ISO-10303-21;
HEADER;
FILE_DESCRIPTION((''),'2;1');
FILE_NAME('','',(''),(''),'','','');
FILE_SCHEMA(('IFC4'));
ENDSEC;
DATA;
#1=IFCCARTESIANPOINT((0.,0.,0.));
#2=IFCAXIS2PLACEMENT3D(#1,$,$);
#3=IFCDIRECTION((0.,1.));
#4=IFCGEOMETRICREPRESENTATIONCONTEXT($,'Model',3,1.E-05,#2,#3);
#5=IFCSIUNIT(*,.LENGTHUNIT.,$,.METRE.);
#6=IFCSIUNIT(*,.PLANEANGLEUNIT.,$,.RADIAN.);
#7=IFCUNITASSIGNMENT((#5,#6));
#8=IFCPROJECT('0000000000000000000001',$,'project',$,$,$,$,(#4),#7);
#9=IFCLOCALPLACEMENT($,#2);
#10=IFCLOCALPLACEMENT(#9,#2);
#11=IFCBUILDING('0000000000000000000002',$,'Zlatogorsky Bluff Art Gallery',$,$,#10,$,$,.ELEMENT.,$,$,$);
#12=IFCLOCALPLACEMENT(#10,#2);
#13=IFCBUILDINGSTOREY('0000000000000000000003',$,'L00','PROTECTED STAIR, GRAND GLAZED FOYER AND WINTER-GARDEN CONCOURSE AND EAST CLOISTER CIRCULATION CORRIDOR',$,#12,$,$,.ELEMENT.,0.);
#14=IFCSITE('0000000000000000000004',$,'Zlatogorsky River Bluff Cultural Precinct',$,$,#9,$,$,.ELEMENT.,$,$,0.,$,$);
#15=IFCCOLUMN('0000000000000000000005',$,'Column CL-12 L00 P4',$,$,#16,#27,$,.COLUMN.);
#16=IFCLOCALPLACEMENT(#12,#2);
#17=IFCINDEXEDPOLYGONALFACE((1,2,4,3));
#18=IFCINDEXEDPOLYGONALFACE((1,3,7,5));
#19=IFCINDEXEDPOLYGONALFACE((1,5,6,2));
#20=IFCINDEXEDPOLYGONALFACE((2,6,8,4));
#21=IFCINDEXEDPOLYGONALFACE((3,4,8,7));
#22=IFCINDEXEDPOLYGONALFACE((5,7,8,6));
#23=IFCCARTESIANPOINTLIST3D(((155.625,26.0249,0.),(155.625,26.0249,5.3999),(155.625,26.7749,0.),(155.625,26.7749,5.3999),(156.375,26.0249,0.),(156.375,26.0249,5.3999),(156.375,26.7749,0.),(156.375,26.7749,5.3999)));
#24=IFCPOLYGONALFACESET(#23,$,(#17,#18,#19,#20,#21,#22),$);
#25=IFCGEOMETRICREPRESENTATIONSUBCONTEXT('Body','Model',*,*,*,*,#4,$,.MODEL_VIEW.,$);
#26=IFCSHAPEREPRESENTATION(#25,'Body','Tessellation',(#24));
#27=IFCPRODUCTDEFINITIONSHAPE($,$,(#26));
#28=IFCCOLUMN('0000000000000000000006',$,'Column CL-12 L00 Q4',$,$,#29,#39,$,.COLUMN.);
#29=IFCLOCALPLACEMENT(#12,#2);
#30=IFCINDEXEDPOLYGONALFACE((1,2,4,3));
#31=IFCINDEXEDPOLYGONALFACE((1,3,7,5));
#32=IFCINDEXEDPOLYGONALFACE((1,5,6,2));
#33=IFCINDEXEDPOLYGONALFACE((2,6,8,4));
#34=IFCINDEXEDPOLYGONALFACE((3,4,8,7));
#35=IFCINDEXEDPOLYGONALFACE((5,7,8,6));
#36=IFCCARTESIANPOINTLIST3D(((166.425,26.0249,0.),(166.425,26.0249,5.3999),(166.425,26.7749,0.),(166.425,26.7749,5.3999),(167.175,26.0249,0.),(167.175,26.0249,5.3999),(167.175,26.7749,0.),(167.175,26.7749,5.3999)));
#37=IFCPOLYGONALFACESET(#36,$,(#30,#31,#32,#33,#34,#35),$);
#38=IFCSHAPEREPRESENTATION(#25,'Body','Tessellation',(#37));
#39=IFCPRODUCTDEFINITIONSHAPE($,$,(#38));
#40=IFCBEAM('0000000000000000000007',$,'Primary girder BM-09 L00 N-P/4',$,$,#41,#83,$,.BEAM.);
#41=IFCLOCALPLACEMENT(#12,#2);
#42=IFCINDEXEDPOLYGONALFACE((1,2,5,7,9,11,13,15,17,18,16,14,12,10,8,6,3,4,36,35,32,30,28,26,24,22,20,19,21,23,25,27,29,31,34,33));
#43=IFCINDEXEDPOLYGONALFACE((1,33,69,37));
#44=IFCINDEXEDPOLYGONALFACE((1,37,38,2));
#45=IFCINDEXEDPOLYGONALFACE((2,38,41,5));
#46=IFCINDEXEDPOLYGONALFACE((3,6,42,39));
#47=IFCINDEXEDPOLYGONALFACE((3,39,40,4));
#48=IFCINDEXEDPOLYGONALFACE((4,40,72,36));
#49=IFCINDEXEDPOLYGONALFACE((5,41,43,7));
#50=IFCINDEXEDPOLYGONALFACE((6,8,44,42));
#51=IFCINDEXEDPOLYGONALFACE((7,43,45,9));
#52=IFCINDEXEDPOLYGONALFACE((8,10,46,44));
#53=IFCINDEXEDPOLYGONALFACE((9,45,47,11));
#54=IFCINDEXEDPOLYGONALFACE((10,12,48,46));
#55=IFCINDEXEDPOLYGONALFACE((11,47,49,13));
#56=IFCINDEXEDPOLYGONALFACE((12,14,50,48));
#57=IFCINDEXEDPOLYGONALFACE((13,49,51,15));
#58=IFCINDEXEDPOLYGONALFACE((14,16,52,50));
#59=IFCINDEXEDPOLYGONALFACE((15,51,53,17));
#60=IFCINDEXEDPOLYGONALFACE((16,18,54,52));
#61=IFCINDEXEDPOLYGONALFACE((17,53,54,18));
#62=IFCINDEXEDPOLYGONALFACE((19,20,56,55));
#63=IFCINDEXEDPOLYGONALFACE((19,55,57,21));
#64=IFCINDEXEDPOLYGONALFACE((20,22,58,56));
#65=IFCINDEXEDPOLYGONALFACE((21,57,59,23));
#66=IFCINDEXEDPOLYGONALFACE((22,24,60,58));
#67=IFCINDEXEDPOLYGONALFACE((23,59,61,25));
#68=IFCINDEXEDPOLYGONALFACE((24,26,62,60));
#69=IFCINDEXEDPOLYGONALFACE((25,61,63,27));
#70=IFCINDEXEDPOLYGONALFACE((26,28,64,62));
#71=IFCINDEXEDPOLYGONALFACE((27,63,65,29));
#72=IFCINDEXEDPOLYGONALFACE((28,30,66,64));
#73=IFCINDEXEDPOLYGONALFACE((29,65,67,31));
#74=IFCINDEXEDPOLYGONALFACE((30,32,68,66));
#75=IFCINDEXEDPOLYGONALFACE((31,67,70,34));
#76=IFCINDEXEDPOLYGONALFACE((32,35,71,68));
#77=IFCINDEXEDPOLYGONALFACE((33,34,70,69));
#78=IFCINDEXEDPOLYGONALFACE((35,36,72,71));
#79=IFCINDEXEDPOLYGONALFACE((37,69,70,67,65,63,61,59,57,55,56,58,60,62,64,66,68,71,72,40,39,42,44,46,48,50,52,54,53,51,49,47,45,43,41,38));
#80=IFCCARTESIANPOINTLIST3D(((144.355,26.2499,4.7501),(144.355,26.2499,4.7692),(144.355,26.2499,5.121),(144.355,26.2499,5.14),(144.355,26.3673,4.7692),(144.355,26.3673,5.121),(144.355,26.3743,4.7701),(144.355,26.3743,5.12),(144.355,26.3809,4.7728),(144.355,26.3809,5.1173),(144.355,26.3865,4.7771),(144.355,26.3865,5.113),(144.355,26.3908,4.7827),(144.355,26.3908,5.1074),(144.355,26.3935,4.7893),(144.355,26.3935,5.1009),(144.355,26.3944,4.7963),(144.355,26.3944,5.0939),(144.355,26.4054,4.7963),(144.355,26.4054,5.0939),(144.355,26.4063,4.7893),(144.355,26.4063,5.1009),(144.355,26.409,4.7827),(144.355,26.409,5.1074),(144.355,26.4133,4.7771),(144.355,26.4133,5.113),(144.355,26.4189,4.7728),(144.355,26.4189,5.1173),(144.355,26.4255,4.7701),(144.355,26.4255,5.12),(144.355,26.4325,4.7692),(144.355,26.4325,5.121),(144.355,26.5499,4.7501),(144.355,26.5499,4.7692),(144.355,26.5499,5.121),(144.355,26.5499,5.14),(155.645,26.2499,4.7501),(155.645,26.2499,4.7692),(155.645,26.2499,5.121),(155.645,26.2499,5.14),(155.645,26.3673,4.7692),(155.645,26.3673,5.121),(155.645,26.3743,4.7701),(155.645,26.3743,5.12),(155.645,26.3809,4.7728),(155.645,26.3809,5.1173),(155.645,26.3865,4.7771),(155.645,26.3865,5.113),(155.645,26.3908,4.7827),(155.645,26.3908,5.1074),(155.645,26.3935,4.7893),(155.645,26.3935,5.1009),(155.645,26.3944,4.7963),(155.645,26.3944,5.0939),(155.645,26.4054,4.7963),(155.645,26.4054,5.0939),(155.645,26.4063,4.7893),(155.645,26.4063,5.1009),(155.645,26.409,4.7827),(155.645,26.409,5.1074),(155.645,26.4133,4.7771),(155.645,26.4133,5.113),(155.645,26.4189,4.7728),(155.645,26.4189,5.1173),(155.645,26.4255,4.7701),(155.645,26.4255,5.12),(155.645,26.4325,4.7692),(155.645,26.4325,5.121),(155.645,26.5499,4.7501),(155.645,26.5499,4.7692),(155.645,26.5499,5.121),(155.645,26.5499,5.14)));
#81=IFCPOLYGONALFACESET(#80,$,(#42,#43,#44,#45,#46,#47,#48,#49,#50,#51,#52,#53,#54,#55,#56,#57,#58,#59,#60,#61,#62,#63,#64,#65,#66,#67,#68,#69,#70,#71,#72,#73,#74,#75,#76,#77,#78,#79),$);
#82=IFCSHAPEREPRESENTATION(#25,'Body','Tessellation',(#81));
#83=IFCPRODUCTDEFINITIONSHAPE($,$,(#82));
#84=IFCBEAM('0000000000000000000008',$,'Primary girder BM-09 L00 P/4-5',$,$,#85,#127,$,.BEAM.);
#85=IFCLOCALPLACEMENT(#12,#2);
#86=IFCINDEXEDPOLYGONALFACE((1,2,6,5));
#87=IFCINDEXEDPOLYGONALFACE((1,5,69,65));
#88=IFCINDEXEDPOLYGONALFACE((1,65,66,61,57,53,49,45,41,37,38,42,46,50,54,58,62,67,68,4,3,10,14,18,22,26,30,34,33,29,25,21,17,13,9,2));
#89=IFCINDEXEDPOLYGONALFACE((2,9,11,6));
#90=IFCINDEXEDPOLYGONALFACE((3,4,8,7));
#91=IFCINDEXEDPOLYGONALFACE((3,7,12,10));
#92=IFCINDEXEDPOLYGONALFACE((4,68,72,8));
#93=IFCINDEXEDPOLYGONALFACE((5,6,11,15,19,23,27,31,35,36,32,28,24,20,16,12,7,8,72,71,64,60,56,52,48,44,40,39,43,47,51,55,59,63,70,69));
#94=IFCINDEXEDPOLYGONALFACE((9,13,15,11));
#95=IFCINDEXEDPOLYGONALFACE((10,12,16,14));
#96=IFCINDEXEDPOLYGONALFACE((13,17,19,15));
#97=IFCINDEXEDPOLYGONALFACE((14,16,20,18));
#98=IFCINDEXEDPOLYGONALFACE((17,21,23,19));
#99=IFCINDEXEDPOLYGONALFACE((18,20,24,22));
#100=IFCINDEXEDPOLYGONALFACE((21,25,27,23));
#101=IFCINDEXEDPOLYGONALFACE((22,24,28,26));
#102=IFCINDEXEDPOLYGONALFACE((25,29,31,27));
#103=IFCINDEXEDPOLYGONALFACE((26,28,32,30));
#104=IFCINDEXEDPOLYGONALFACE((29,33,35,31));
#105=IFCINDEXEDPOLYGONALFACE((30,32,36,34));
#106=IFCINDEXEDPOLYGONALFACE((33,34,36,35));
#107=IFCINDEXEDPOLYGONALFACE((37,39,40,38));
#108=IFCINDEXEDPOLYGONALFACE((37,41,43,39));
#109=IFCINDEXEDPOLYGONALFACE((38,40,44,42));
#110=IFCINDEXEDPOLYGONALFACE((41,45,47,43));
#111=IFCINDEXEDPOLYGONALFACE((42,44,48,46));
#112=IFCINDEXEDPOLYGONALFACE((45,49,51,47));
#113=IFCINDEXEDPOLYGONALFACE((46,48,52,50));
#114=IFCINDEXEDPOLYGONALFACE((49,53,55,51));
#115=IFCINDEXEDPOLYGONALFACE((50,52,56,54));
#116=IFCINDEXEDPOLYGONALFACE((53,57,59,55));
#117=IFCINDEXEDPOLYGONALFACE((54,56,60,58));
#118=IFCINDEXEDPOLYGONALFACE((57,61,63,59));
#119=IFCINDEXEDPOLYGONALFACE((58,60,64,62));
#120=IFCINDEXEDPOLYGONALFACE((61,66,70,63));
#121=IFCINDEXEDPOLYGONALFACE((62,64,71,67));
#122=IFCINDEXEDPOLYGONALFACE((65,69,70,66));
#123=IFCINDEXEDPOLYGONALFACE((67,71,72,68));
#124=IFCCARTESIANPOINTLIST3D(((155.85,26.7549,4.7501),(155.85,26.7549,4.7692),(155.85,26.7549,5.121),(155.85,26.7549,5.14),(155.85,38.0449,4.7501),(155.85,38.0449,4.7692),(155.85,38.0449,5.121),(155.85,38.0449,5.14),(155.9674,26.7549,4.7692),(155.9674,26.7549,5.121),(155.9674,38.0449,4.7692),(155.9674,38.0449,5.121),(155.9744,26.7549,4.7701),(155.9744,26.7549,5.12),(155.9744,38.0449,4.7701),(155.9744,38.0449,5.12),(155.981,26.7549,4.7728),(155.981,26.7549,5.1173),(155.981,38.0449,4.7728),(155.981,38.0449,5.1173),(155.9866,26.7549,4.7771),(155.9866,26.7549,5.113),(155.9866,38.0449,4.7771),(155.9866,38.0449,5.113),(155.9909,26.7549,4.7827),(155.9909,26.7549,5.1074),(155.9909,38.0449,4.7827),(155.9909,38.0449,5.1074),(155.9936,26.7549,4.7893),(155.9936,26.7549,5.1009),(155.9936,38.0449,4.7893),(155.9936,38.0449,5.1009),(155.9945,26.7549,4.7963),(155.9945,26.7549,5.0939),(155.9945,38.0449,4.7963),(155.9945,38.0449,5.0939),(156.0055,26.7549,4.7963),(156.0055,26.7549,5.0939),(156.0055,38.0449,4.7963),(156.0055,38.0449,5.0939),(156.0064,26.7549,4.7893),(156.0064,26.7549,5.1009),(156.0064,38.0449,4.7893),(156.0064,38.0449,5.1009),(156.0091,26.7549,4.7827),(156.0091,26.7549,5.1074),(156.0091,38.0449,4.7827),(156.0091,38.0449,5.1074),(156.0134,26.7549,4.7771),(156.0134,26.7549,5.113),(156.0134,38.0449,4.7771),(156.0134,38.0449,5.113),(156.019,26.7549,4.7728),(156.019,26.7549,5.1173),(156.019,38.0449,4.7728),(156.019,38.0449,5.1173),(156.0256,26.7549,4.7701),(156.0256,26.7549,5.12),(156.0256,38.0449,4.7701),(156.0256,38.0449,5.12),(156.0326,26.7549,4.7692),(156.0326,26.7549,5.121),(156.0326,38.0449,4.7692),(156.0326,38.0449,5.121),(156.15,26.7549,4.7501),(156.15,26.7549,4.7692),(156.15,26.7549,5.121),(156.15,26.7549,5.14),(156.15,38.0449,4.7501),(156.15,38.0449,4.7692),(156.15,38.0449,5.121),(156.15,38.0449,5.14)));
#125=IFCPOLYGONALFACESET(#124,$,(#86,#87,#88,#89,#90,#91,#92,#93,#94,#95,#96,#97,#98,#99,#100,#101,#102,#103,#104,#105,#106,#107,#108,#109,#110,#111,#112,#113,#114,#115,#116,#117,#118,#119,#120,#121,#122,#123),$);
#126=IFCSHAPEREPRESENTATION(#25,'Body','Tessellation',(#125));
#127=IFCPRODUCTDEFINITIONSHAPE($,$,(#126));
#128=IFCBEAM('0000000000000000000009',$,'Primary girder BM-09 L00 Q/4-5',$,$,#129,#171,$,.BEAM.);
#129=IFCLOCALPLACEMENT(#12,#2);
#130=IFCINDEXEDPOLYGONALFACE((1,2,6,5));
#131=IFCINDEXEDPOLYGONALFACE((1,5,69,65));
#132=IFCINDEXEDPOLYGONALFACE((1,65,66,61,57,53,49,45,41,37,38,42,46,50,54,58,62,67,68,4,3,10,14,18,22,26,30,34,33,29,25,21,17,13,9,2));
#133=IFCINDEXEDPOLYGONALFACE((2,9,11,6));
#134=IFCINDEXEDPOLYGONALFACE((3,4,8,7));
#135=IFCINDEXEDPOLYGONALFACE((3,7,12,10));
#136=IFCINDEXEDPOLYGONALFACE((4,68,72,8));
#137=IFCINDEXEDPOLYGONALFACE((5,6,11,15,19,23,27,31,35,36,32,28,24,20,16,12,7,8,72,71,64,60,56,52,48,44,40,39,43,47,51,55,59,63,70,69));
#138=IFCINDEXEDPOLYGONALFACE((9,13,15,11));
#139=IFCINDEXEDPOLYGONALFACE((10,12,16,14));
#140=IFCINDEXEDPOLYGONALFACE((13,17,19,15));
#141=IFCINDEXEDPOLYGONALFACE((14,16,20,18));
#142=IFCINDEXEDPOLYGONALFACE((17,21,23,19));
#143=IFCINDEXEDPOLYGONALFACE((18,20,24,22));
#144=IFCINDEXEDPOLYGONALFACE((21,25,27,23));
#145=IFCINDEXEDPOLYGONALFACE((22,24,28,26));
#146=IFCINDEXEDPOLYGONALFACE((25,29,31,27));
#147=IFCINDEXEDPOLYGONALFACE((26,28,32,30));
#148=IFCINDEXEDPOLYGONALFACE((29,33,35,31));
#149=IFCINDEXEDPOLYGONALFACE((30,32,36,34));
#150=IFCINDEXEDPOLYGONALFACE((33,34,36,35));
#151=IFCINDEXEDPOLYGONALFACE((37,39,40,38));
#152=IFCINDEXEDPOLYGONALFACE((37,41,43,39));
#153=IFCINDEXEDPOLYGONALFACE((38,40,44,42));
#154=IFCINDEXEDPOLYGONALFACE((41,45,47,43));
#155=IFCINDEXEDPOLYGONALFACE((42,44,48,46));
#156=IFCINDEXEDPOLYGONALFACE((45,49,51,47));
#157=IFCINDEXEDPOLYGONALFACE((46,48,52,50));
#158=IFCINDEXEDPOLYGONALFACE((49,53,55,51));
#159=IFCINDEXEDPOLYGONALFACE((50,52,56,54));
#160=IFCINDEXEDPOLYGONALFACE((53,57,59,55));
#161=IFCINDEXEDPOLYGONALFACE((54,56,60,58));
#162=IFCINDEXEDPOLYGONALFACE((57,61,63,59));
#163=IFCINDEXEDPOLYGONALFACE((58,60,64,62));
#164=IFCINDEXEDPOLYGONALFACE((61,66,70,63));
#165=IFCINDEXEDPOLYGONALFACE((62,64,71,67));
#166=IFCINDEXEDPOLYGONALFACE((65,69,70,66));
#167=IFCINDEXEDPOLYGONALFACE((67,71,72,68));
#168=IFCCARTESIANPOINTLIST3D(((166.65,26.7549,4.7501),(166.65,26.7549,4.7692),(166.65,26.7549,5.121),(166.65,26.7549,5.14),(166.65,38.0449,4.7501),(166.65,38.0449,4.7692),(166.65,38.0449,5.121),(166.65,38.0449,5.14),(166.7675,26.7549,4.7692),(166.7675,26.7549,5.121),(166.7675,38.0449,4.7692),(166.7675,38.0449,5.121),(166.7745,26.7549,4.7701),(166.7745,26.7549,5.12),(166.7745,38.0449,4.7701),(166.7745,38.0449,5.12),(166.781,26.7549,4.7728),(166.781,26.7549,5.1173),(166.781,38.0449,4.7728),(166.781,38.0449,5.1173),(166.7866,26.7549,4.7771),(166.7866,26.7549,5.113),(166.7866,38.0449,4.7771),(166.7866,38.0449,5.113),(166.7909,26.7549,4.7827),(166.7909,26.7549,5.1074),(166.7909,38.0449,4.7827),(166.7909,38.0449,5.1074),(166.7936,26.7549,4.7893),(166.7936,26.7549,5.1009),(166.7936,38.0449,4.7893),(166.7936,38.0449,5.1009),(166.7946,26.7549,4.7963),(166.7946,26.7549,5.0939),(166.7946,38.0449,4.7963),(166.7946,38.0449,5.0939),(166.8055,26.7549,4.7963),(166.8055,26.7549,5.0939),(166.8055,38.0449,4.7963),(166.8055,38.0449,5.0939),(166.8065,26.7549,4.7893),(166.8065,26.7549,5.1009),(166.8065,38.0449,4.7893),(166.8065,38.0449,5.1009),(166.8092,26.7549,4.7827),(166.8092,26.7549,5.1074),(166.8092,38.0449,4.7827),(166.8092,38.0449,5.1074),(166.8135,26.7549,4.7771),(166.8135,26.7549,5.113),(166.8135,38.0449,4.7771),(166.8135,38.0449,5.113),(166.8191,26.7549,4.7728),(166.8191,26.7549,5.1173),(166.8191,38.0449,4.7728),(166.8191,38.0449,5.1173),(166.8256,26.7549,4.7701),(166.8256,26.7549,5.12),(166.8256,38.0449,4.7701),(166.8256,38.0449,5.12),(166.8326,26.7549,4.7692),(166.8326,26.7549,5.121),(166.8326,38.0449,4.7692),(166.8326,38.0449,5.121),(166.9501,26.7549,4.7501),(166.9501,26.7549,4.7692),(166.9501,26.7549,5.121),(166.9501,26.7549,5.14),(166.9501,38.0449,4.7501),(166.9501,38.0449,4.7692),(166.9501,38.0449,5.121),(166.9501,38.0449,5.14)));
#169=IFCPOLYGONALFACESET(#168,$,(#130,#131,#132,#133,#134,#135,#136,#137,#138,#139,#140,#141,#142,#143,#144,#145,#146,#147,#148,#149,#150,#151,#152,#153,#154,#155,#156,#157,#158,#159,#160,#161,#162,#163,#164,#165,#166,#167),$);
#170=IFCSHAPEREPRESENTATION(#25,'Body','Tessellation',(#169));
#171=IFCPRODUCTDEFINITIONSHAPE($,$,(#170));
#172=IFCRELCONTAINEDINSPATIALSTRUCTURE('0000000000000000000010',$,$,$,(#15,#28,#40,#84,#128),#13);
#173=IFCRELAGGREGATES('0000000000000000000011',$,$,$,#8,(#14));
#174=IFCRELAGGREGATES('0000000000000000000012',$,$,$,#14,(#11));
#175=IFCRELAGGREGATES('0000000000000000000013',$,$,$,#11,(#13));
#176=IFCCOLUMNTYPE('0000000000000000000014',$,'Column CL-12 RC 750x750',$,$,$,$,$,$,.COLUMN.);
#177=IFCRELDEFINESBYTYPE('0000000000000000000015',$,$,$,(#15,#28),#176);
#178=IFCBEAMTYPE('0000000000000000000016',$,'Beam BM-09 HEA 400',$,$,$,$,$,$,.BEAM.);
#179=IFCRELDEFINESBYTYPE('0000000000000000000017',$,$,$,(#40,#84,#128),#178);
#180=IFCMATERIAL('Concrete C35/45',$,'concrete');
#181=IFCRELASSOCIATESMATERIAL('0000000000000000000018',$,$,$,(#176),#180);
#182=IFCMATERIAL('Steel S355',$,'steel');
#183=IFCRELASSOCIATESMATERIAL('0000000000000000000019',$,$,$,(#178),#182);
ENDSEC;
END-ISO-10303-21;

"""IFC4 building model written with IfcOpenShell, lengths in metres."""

from ifc_helpers import new_model, si_unit, direction, frame, origin, origin_2d, place, context, subcontext, project, spatial, rectangle, i_section, extrude, material, material_profile, profile_set, type_object, element, save


model = new_model("IFC4")

# Units and contexts
model_context = context("Model", 3, precision=1e-05, world=origin(), true_north=direction((0.0, 1.0)))
body_context = subcontext(model_context, "Body", "Model", "MODEL_VIEW")
ifc_project = project(units=[si_unit("LENGTHUNIT", "METRE"), si_unit("PLANEANGLEUNIT", "RADIAN")], contexts=[model_context])

# Site, building, storey
site_placement = place(None, origin())
site = spatial("IfcSite", under=ifc_project, at=site_placement, Name="Zlatogorsky River Bluff Cultural Precinct", CompositionType="ELEMENT", RefElevation=0.0)
building_placement = place(site_placement, origin())
building = spatial("IfcBuilding", under=site, at=building_placement, Name="Zlatogorsky Bluff Art Gallery", CompositionType="ELEMENT")
storey_placement = place(building_placement, origin())
storey = spatial("IfcBuildingStorey", under=building, at=storey_placement, Name="L00", Description="PROTECTED STAIR, GRAND GLAZED FOYER AND WINTER-GARDEN CONCOURSE AND EAST CLOISTER CIRCULATION CORRIDOR", CompositionType="ELEMENT", Elevation=0.0)

# Columns
ifc_material_1 = material(Name="Concrete C35/45", Category="concrete")
ifc_material_profile_1 = material_profile(ifc_material_1, rectangle(XDim=0.75, YDim=0.75, at=origin_2d()), Name="RC 750x750")
ifc_profile_set_1 = profile_set([ifc_material_profile_1], Name="Concrete C35/45")
column_type = type_object("IfcColumnType", Name="Column CL-12 RC 750x750", PredefinedType="COLUMN", material=ifc_profile_set_1)
for number, where, z_axis, x_axis, name in (
    (1, (156.0, 26.3999, 0.0), (0.0, 0.0, 1.0), (1.0, 0.0, 0.0), "Column CL-12 L00 P4"),
    (2, (166.8, 26.3999, 0.0), (0.0, 0.0, 1.0), (1.0, 0.0, 0.0), "Column CL-12 L00 Q4"),
):
    element("IfcColumn", number, at=place(storey_placement, frame(where, z_axis=z_axis, x_axis=x_axis)), inside=storey, type_object=column_type, Name=name, PredefinedType="COLUMN", context=body_context, shape_type="SweptSolid", body=[
        extrude(rectangle(XDim=0.75, YDim=0.75, at=origin_2d()), origin(), (0.0, 0.0, 1.0), 5.3999),
    ])

# Beams
ifc_material_2 = material(Name="Steel S355", Category="steel")
ifc_material_profile_2 = material_profile(ifc_material_2, i_section(OverallWidth=0.3, OverallDepth=0.3899, WebThickness=0.011, FlangeThickness=0.019, FilletRadius=0.0271, at=origin_2d()), Name="HEA 400")
ifc_profile_set_2 = profile_set([ifc_material_profile_2], Name="Steel S355")
beam_type_1 = type_object("IfcBeamType", Name="Beam BM-09 HEA 400", PredefinedType="BEAM", material=ifc_profile_set_2)
for number, where, z_axis, x_axis, name in (
    (3, (144.355, 26.3999, 4.9451), (1.0, 0.0, 0.0), (0.0, 1.0, 0.0), "Primary girder BM-09 L00 N-P/4"),
    (4, (156.0, 26.7549, 4.9451), (0.0, 1.0, 0.0), (-1.0, 0.0, 0.0), "Primary girder BM-09 L00 P/4-5"),
    (5, (166.8, 26.7549, 4.9451), (0.0, 1.0, 0.0), (-1.0, 0.0, 0.0), "Primary girder BM-09 L00 Q/4-5"),
):
    element("IfcBeam", number, at=place(storey_placement, frame(where, z_axis=z_axis, x_axis=x_axis)), inside=storey, type_object=beam_type_1, Name=name, PredefinedType="BEAM", context=body_context, shape_type="SweptSolid", body=[
        extrude(i_section(OverallWidth=0.3, OverallDepth=0.3899, WebThickness=0.011, FlangeThickness=0.019, FilletRadius=0.0271, at=origin_2d()), origin(), (0.0, 0.0, 1.0), 11.29),
    ])

save(model, "model.ifc")
